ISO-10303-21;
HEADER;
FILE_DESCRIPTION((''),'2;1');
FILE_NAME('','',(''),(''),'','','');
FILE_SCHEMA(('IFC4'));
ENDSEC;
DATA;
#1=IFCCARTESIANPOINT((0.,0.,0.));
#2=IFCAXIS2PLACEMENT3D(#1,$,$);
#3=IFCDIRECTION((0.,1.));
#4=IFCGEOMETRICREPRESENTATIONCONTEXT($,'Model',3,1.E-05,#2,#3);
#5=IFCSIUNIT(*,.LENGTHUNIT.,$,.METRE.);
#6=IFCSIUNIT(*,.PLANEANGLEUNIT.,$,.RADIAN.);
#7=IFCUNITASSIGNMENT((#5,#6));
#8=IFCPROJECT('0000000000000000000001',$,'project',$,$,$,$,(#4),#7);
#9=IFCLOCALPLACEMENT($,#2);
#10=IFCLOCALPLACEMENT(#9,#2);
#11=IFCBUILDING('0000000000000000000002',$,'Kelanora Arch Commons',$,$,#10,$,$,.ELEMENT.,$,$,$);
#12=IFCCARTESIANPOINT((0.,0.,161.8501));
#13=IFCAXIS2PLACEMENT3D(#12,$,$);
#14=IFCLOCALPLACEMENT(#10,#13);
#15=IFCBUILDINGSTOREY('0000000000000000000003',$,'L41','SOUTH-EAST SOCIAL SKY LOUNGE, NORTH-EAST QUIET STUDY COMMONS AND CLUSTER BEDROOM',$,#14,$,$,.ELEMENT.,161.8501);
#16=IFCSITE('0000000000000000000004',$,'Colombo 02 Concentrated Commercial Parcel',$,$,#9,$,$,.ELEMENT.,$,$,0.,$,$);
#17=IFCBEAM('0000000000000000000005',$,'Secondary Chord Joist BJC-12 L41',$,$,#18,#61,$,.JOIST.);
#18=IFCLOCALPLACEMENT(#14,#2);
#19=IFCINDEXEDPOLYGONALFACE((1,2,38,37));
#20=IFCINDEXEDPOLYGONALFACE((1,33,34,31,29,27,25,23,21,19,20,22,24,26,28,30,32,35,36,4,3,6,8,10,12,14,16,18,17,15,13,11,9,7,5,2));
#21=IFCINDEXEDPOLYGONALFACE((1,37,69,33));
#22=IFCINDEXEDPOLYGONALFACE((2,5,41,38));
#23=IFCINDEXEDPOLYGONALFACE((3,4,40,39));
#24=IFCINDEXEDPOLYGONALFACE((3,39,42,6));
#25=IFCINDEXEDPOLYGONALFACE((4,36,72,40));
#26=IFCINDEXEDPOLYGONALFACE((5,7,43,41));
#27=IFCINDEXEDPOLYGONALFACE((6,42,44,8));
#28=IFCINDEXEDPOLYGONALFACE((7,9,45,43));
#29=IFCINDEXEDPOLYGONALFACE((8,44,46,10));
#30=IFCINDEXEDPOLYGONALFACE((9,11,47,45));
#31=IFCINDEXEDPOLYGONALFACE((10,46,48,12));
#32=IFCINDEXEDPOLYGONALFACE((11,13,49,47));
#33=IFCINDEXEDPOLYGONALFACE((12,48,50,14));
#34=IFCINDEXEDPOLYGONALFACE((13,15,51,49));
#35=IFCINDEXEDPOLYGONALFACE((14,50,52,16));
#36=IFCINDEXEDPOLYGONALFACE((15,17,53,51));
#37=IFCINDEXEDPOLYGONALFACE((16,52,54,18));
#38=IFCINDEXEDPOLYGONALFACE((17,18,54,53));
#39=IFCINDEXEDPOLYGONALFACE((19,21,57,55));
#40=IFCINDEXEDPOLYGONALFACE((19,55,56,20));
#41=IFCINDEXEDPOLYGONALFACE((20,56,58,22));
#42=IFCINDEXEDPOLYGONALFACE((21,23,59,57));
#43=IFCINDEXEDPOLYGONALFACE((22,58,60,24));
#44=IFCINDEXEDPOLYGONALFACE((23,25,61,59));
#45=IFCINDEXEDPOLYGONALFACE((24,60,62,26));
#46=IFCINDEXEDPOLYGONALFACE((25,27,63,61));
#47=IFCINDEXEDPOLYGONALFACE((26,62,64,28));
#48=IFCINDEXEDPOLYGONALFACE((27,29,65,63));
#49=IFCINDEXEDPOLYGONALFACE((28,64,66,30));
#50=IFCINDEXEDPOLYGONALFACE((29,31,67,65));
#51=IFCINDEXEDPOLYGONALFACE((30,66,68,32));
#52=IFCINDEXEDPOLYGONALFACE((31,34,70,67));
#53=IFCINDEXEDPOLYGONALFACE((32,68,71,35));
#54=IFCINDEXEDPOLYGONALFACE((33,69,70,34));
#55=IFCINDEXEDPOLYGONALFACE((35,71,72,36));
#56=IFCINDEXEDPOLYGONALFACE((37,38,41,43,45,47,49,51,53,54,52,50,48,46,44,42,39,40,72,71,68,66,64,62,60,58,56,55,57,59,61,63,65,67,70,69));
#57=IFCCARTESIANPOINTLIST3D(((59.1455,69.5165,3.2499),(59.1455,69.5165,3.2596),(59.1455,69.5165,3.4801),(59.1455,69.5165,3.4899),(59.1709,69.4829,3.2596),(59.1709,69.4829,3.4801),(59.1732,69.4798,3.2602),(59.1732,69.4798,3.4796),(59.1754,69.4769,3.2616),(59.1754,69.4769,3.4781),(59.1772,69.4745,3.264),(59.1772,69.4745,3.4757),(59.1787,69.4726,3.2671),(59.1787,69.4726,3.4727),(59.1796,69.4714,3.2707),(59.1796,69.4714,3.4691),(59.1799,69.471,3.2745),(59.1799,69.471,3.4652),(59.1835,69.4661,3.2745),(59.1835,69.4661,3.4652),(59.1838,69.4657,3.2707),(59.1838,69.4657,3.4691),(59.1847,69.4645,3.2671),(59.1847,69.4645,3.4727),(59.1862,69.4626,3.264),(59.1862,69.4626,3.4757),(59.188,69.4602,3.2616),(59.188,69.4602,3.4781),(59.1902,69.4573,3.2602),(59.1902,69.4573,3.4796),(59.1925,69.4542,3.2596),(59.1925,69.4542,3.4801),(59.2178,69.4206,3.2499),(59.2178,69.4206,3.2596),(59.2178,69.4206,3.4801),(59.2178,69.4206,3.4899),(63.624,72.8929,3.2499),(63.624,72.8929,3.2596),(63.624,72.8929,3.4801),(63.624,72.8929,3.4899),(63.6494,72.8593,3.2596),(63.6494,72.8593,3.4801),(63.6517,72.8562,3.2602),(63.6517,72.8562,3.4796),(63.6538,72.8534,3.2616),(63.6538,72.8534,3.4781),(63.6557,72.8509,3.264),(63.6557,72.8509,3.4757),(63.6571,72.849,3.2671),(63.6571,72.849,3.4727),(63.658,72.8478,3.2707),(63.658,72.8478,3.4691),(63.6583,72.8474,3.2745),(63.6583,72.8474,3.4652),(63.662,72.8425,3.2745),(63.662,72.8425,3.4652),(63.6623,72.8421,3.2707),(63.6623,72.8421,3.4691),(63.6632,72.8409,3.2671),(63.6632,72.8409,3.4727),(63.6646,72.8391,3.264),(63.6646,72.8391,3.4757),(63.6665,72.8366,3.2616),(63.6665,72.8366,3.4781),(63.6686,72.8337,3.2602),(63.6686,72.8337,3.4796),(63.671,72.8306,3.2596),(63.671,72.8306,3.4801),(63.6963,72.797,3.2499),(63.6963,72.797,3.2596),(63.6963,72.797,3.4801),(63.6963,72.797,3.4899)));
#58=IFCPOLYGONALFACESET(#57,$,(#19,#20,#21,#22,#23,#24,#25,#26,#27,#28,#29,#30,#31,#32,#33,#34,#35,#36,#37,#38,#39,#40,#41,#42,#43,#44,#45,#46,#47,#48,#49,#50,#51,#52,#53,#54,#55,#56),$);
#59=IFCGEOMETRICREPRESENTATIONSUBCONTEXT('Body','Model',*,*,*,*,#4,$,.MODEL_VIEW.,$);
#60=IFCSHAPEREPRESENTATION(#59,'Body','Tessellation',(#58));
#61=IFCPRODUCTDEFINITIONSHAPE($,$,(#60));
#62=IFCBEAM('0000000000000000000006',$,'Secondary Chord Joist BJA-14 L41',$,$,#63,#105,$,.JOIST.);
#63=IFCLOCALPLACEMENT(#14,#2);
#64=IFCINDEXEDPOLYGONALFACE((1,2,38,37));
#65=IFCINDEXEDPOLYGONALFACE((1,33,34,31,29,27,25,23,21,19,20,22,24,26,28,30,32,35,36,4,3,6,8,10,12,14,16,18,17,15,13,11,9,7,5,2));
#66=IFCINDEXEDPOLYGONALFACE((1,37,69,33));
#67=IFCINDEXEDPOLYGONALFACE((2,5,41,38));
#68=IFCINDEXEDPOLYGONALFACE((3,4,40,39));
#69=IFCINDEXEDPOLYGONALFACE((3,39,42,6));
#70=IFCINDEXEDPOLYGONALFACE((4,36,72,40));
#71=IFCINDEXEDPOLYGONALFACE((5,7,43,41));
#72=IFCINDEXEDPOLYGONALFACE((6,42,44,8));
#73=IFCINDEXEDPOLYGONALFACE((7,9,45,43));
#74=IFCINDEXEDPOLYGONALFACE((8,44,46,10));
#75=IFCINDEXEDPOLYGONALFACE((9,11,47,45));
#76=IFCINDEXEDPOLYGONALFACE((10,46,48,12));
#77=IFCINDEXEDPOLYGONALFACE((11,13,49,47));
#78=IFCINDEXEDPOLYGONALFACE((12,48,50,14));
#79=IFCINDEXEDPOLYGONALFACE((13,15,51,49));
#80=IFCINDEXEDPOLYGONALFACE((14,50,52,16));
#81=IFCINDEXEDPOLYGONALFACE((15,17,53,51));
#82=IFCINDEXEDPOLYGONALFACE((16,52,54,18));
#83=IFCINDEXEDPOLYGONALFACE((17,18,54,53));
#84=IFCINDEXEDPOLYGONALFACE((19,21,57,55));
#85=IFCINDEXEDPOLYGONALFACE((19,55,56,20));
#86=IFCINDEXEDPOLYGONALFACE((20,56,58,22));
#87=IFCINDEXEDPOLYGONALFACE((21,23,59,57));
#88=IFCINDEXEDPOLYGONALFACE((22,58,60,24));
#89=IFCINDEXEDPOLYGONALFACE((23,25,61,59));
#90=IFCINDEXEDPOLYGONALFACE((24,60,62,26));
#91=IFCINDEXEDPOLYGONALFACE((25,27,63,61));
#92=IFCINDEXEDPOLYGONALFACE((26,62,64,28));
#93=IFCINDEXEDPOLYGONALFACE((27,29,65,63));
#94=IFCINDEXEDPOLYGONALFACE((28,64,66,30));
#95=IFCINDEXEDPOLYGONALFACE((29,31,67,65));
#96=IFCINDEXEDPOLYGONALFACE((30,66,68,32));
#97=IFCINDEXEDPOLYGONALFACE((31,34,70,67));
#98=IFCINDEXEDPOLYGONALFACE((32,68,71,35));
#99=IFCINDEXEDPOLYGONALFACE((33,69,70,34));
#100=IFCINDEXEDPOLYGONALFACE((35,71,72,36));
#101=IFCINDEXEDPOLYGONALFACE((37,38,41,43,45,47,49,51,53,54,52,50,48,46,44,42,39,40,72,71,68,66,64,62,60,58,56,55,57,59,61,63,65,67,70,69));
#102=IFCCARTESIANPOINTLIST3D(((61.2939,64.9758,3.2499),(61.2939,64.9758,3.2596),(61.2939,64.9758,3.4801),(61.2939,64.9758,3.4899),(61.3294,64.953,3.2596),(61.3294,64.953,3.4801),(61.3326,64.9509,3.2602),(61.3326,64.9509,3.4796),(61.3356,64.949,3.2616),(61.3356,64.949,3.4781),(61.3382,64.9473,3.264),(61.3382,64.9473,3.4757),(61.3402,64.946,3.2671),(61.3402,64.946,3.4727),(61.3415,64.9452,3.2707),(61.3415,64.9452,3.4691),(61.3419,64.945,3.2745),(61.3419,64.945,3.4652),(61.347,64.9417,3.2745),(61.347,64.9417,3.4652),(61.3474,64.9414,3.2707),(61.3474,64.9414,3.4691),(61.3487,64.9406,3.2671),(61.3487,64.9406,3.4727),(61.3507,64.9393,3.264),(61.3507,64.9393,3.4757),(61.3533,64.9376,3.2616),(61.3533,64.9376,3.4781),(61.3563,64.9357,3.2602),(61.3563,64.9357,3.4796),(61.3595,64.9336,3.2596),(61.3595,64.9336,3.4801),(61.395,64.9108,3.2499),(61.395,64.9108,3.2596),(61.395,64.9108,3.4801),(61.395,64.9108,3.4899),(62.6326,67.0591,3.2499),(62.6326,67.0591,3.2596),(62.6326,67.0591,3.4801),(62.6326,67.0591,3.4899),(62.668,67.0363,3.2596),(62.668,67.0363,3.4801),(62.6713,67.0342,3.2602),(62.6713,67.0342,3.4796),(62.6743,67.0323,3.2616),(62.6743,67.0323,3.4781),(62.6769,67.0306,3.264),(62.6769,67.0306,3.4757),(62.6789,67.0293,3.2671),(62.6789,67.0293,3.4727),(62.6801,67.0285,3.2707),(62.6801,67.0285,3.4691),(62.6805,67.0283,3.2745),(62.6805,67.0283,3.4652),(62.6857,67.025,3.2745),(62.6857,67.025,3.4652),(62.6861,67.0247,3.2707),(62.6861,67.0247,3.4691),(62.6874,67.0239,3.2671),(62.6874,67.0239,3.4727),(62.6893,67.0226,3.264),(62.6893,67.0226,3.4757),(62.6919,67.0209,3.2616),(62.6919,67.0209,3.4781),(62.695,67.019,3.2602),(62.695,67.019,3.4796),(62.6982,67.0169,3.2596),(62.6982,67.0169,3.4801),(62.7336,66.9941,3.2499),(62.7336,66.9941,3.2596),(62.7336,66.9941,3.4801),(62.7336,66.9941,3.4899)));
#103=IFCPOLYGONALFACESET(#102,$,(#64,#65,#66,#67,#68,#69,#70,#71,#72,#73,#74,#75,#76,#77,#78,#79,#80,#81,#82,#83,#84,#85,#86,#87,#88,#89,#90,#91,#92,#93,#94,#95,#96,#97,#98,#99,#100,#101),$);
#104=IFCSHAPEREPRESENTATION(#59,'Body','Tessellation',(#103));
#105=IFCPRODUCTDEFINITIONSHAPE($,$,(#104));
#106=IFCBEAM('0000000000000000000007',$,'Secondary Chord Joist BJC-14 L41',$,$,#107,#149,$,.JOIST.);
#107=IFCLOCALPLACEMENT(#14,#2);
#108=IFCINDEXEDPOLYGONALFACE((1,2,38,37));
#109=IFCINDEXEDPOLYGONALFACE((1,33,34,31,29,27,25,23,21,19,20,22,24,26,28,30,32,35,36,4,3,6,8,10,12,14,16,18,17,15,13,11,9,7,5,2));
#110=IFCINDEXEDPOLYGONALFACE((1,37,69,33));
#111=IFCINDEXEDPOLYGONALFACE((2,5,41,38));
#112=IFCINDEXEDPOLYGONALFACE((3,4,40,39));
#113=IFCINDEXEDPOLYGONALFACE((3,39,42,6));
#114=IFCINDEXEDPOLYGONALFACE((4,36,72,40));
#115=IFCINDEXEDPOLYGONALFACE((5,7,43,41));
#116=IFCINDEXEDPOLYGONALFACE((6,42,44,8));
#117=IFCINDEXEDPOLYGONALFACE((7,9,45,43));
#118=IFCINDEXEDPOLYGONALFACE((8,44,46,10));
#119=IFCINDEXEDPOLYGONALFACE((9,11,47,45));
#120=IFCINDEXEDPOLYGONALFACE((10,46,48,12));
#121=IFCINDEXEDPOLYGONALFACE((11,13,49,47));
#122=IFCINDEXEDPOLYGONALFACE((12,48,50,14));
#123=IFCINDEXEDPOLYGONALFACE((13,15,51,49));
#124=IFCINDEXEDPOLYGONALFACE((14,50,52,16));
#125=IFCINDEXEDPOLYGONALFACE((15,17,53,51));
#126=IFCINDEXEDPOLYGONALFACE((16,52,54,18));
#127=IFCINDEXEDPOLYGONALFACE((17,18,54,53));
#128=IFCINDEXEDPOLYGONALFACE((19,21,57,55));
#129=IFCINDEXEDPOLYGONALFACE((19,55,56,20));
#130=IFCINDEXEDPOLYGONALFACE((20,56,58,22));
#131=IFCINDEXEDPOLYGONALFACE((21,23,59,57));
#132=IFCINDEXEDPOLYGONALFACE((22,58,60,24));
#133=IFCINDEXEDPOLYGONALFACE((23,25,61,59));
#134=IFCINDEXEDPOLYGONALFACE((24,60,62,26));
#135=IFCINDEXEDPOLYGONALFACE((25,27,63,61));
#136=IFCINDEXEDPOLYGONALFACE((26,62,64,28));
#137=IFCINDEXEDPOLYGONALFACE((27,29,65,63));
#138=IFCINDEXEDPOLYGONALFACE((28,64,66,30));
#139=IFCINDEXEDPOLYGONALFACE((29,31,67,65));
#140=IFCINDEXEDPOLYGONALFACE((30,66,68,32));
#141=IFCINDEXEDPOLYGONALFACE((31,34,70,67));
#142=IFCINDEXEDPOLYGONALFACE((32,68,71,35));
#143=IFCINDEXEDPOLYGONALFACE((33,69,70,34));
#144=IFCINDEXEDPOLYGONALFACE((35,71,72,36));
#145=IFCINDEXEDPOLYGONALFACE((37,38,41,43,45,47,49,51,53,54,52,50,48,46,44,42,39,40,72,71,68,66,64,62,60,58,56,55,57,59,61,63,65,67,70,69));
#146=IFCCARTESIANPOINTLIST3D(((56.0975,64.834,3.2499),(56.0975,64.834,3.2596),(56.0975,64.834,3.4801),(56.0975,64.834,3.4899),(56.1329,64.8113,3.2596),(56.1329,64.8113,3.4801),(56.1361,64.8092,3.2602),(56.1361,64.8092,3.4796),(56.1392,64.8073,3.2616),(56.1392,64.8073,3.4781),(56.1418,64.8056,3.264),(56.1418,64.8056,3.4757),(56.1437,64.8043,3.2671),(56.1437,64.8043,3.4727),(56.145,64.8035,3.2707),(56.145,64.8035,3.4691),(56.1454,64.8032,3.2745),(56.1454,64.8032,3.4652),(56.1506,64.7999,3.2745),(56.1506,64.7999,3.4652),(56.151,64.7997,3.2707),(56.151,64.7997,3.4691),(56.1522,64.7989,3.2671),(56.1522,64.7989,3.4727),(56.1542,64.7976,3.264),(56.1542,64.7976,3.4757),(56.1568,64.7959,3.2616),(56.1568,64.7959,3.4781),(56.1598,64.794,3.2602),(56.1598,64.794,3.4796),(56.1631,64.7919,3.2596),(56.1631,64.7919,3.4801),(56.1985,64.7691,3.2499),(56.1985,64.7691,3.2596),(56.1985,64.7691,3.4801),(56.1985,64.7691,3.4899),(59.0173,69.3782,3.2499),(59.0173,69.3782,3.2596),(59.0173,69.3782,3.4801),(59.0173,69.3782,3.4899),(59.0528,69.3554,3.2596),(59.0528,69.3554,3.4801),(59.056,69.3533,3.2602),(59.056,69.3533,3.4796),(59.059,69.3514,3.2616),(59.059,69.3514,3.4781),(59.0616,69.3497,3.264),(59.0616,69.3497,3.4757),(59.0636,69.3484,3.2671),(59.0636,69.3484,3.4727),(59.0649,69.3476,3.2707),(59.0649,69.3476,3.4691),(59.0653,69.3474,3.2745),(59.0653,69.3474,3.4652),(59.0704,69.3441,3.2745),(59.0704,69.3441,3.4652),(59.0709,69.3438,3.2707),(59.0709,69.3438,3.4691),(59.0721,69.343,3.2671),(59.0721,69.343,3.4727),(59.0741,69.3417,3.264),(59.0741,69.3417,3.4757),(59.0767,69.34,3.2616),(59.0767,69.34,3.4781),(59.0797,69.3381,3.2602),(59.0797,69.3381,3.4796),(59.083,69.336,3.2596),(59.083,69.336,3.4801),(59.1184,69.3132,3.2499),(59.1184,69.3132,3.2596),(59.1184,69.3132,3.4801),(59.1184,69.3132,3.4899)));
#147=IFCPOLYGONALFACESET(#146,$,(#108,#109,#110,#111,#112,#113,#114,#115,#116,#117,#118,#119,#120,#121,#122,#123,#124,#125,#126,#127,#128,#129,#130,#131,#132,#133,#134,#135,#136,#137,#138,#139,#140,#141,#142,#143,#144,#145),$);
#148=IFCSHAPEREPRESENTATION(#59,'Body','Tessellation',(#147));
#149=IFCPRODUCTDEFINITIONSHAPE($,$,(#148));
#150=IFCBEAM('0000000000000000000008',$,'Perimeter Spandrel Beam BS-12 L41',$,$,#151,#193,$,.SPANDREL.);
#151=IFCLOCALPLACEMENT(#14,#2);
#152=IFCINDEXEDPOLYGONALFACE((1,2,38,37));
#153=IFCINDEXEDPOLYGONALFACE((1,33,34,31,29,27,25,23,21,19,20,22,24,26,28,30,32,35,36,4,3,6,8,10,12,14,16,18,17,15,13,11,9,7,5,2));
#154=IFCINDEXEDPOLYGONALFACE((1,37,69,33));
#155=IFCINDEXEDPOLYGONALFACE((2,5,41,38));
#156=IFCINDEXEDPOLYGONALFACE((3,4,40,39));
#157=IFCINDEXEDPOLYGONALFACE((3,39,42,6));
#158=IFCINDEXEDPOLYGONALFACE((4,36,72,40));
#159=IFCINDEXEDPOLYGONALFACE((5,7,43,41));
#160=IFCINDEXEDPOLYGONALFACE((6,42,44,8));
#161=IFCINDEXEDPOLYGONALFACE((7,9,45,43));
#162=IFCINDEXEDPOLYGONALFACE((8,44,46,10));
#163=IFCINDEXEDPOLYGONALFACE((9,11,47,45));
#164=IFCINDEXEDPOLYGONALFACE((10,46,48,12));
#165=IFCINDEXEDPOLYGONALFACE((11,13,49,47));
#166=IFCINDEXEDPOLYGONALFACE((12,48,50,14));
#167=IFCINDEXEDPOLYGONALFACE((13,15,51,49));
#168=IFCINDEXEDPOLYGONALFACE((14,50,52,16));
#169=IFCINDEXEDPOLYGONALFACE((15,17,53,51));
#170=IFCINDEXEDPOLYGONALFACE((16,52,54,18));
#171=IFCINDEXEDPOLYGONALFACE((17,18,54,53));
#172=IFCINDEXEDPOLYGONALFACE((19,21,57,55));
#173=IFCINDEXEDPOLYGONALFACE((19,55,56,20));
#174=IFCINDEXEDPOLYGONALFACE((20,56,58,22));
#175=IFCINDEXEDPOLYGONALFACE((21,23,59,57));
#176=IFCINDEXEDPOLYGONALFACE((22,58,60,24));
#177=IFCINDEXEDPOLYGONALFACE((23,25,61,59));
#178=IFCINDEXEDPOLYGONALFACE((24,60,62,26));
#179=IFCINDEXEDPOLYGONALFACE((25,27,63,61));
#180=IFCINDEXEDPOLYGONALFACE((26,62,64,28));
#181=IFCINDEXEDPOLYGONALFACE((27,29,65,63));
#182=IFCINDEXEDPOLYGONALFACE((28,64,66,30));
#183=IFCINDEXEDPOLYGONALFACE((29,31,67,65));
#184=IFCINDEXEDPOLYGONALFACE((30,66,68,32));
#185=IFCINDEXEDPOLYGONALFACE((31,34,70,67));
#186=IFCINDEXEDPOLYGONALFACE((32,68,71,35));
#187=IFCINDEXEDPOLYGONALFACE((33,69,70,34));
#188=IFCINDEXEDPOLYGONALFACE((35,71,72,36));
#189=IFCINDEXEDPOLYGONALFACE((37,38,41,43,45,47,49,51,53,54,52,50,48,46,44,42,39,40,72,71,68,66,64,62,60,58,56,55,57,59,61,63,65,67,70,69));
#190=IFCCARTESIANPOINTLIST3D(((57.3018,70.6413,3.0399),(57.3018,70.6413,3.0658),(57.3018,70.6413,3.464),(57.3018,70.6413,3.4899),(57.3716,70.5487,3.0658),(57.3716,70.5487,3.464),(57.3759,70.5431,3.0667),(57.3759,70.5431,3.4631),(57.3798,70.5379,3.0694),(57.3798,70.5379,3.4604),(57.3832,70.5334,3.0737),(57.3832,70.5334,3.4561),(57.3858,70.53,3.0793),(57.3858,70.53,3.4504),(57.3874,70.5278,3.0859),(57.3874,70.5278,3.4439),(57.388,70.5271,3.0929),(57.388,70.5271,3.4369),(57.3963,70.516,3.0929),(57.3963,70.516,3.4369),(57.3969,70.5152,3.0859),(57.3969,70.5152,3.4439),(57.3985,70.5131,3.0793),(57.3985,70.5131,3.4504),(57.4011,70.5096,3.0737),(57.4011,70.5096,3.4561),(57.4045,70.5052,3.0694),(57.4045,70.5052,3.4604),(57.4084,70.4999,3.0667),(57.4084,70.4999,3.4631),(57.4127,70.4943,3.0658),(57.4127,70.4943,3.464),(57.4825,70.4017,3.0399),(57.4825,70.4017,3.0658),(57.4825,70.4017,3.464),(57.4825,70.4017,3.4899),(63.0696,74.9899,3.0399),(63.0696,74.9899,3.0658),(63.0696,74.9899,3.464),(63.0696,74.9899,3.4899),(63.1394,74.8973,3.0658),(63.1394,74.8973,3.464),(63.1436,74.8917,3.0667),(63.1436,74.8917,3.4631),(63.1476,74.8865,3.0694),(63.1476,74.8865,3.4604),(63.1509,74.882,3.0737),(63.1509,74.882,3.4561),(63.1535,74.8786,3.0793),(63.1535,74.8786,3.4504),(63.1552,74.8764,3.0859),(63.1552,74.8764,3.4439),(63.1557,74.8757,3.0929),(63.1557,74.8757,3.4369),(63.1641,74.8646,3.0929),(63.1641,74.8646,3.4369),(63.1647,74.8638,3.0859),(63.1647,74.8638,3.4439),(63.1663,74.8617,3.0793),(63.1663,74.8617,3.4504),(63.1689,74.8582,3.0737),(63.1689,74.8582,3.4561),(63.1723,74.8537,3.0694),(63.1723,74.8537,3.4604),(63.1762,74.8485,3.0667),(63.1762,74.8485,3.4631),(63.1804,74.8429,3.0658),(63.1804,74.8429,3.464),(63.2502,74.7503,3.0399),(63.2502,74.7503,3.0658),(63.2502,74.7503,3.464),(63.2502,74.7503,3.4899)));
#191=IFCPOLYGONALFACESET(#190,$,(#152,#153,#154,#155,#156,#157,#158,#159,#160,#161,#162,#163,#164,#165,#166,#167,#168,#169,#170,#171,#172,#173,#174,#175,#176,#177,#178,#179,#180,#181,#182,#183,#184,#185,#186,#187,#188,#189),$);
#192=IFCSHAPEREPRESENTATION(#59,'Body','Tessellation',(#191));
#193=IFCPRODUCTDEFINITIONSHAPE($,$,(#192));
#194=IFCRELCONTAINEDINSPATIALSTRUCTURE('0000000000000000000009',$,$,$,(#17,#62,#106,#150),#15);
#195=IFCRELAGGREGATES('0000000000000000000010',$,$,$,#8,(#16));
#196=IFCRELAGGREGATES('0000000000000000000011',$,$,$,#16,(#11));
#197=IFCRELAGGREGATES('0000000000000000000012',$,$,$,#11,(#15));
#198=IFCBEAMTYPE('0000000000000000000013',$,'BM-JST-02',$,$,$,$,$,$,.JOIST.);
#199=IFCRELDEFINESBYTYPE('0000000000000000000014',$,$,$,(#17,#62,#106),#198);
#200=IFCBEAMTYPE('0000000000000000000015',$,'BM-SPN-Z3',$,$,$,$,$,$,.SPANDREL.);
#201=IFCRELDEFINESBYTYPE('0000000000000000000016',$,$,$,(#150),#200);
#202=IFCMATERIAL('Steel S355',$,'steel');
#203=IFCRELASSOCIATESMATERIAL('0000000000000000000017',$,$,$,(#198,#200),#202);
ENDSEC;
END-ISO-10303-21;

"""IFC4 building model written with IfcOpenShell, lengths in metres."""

from ifc_helpers import new_model, si_unit, direction, frame, origin, origin_2d, place, context, subcontext, project, spatial, i_section, extrude, material, material_profile, profile_set, type_object, element, save


model = new_model("IFC4")

# Units and contexts
model_context = context("Model", 3, precision=1e-05, world=origin(), true_north=direction((0.0, 1.0)))
body_context = subcontext(model_context, "Body", "Model", "MODEL_VIEW")
ifc_project = project(units=[si_unit("LENGTHUNIT", "METRE"), si_unit("PLANEANGLEUNIT", "RADIAN")], contexts=[model_context])

# Site, building, storey
site_placement = place(None, origin())
site = spatial("IfcSite", under=ifc_project, at=site_placement, Name="Colombo 02 Concentrated Commercial Parcel", CompositionType="ELEMENT", RefElevation=0.0)
building_placement = place(site_placement, origin())
building = spatial("IfcBuilding", under=site, at=building_placement, Name="Kelanora Arch Commons", CompositionType="ELEMENT")
storey_placement = place(building_placement, frame((0.0, 0.0, 161.8501)))
storey = spatial("IfcBuildingStorey", under=building, at=storey_placement, Name="L41", Description="SOUTH-EAST SOCIAL SKY LOUNGE, NORTH-EAST QUIET STUDY COMMONS AND CLUSTER BEDROOM", CompositionType="ELEMENT", Elevation=161.8501)

# Beams
ifc_material_1 = material(Name="Steel S355", Category="steel")
ifc_material_profile_1 = material_profile(ifc_material_1, i_section(OverallWidth=0.1201, OverallDepth=0.24, WebThickness=0.0061, FlangeThickness=0.0098, FilletRadius=0.0149, at=origin_2d()), Name="IPE240")
ifc_profile_set_1 = profile_set([ifc_material_profile_1], Name="Steel S355")
beam_type_1 = type_object("IfcBeamType", Name="BM-JST-02", PredefinedType="JOIST", material=ifc_profile_set_1)
beam_1_placement = place(storey_placement, frame((63.6602, 72.845, 3.3699), z_axis=(-0.798493, -0.602004, 0.0), x_axis=(0.602004, -0.798493, 0.0)))
element("IfcBeam", 1, at=beam_1_placement, inside=storey, type_object=beam_type_1, Name="Secondary Chord Joist BJC-12 L41", PredefinedType="JOIST", context=body_context, shape_type="SweptSolid", body=[
    extrude(i_section(OverallWidth=0.1201, OverallDepth=0.24, WebThickness=0.0061, FlangeThickness=0.0098, FilletRadius=0.0149, at=origin_2d()), origin(), (0.0, 0.0, 1.0), 5.6086),
])
beam_2_placement = place(storey_placement, frame((62.6831, 67.0266, 3.3699), z_axis=(-0.540583, -0.841291, 0.0), x_axis=(0.841291, -0.540583, 0.0)))
element("IfcBeam", 2, at=beam_2_placement, inside=storey, type_object=beam_type_1, Name="Secondary Chord Joist BJA-14 L41", PredefinedType="JOIST", context=body_context, shape_type="SweptSolid", body=[
    extrude(i_section(OverallWidth=0.1201, OverallDepth=0.24, WebThickness=0.0061, FlangeThickness=0.0098, FilletRadius=0.0149, at=origin_2d()), origin(), (0.0, 0.0, 1.0), 2.4763),
])
beam_3_placement = place(storey_placement, frame((59.0679, 69.3457, 3.3699), z_axis=(-0.540582, -0.841292, 0.0), x_axis=(0.841292, -0.540582, 0.0)))
element("IfcBeam", 3, at=beam_3_placement, inside=storey, type_object=beam_type_1, Name="Secondary Chord Joist BJC-14 L41", PredefinedType="JOIST", context=body_context, shape_type="SweptSolid", body=[
    extrude(i_section(OverallWidth=0.1201, OverallDepth=0.24, WebThickness=0.0061, FlangeThickness=0.0098, FilletRadius=0.0149, at=origin_2d()), origin(), (0.0, 0.0, 1.0), 5.4014),
])
ifc_material_profile_2 = material_profile(ifc_material_1, i_section(OverallWidth=0.3, OverallDepth=0.45, WebThickness=0.0139, FlangeThickness=0.0259, FilletRadius=0.0271, at=origin_2d()), Name="HEB450")
ifc_profile_set_2 = profile_set([ifc_material_profile_2], Name="Steel S355")
beam_type_2 = type_object("IfcBeamType", Name="BM-SPN-Z3", PredefinedType="SPANDREL", material=ifc_profile_set_2)
beam_4_placement = place(storey_placement, frame((63.1599, 74.8701, 3.2649), z_axis=(-0.798485, -0.602015, 0.0), x_axis=(0.602015, -0.798485, 0.0)))
element("IfcBeam", 4, at=beam_4_placement, inside=storey, type_object=beam_type_2, Name="Perimeter Spandrel Beam BS-12 L41", PredefinedType="SPANDREL", context=body_context, shape_type="SweptSolid", body=[
    extrude(i_section(OverallWidth=0.3, OverallDepth=0.45, WebThickness=0.0139, FlangeThickness=0.0259, FilletRadius=0.0271, at=origin_2d()), origin(), (0.0, 0.0, 1.0), 7.2234),
])

save(model, "model.ifc")
